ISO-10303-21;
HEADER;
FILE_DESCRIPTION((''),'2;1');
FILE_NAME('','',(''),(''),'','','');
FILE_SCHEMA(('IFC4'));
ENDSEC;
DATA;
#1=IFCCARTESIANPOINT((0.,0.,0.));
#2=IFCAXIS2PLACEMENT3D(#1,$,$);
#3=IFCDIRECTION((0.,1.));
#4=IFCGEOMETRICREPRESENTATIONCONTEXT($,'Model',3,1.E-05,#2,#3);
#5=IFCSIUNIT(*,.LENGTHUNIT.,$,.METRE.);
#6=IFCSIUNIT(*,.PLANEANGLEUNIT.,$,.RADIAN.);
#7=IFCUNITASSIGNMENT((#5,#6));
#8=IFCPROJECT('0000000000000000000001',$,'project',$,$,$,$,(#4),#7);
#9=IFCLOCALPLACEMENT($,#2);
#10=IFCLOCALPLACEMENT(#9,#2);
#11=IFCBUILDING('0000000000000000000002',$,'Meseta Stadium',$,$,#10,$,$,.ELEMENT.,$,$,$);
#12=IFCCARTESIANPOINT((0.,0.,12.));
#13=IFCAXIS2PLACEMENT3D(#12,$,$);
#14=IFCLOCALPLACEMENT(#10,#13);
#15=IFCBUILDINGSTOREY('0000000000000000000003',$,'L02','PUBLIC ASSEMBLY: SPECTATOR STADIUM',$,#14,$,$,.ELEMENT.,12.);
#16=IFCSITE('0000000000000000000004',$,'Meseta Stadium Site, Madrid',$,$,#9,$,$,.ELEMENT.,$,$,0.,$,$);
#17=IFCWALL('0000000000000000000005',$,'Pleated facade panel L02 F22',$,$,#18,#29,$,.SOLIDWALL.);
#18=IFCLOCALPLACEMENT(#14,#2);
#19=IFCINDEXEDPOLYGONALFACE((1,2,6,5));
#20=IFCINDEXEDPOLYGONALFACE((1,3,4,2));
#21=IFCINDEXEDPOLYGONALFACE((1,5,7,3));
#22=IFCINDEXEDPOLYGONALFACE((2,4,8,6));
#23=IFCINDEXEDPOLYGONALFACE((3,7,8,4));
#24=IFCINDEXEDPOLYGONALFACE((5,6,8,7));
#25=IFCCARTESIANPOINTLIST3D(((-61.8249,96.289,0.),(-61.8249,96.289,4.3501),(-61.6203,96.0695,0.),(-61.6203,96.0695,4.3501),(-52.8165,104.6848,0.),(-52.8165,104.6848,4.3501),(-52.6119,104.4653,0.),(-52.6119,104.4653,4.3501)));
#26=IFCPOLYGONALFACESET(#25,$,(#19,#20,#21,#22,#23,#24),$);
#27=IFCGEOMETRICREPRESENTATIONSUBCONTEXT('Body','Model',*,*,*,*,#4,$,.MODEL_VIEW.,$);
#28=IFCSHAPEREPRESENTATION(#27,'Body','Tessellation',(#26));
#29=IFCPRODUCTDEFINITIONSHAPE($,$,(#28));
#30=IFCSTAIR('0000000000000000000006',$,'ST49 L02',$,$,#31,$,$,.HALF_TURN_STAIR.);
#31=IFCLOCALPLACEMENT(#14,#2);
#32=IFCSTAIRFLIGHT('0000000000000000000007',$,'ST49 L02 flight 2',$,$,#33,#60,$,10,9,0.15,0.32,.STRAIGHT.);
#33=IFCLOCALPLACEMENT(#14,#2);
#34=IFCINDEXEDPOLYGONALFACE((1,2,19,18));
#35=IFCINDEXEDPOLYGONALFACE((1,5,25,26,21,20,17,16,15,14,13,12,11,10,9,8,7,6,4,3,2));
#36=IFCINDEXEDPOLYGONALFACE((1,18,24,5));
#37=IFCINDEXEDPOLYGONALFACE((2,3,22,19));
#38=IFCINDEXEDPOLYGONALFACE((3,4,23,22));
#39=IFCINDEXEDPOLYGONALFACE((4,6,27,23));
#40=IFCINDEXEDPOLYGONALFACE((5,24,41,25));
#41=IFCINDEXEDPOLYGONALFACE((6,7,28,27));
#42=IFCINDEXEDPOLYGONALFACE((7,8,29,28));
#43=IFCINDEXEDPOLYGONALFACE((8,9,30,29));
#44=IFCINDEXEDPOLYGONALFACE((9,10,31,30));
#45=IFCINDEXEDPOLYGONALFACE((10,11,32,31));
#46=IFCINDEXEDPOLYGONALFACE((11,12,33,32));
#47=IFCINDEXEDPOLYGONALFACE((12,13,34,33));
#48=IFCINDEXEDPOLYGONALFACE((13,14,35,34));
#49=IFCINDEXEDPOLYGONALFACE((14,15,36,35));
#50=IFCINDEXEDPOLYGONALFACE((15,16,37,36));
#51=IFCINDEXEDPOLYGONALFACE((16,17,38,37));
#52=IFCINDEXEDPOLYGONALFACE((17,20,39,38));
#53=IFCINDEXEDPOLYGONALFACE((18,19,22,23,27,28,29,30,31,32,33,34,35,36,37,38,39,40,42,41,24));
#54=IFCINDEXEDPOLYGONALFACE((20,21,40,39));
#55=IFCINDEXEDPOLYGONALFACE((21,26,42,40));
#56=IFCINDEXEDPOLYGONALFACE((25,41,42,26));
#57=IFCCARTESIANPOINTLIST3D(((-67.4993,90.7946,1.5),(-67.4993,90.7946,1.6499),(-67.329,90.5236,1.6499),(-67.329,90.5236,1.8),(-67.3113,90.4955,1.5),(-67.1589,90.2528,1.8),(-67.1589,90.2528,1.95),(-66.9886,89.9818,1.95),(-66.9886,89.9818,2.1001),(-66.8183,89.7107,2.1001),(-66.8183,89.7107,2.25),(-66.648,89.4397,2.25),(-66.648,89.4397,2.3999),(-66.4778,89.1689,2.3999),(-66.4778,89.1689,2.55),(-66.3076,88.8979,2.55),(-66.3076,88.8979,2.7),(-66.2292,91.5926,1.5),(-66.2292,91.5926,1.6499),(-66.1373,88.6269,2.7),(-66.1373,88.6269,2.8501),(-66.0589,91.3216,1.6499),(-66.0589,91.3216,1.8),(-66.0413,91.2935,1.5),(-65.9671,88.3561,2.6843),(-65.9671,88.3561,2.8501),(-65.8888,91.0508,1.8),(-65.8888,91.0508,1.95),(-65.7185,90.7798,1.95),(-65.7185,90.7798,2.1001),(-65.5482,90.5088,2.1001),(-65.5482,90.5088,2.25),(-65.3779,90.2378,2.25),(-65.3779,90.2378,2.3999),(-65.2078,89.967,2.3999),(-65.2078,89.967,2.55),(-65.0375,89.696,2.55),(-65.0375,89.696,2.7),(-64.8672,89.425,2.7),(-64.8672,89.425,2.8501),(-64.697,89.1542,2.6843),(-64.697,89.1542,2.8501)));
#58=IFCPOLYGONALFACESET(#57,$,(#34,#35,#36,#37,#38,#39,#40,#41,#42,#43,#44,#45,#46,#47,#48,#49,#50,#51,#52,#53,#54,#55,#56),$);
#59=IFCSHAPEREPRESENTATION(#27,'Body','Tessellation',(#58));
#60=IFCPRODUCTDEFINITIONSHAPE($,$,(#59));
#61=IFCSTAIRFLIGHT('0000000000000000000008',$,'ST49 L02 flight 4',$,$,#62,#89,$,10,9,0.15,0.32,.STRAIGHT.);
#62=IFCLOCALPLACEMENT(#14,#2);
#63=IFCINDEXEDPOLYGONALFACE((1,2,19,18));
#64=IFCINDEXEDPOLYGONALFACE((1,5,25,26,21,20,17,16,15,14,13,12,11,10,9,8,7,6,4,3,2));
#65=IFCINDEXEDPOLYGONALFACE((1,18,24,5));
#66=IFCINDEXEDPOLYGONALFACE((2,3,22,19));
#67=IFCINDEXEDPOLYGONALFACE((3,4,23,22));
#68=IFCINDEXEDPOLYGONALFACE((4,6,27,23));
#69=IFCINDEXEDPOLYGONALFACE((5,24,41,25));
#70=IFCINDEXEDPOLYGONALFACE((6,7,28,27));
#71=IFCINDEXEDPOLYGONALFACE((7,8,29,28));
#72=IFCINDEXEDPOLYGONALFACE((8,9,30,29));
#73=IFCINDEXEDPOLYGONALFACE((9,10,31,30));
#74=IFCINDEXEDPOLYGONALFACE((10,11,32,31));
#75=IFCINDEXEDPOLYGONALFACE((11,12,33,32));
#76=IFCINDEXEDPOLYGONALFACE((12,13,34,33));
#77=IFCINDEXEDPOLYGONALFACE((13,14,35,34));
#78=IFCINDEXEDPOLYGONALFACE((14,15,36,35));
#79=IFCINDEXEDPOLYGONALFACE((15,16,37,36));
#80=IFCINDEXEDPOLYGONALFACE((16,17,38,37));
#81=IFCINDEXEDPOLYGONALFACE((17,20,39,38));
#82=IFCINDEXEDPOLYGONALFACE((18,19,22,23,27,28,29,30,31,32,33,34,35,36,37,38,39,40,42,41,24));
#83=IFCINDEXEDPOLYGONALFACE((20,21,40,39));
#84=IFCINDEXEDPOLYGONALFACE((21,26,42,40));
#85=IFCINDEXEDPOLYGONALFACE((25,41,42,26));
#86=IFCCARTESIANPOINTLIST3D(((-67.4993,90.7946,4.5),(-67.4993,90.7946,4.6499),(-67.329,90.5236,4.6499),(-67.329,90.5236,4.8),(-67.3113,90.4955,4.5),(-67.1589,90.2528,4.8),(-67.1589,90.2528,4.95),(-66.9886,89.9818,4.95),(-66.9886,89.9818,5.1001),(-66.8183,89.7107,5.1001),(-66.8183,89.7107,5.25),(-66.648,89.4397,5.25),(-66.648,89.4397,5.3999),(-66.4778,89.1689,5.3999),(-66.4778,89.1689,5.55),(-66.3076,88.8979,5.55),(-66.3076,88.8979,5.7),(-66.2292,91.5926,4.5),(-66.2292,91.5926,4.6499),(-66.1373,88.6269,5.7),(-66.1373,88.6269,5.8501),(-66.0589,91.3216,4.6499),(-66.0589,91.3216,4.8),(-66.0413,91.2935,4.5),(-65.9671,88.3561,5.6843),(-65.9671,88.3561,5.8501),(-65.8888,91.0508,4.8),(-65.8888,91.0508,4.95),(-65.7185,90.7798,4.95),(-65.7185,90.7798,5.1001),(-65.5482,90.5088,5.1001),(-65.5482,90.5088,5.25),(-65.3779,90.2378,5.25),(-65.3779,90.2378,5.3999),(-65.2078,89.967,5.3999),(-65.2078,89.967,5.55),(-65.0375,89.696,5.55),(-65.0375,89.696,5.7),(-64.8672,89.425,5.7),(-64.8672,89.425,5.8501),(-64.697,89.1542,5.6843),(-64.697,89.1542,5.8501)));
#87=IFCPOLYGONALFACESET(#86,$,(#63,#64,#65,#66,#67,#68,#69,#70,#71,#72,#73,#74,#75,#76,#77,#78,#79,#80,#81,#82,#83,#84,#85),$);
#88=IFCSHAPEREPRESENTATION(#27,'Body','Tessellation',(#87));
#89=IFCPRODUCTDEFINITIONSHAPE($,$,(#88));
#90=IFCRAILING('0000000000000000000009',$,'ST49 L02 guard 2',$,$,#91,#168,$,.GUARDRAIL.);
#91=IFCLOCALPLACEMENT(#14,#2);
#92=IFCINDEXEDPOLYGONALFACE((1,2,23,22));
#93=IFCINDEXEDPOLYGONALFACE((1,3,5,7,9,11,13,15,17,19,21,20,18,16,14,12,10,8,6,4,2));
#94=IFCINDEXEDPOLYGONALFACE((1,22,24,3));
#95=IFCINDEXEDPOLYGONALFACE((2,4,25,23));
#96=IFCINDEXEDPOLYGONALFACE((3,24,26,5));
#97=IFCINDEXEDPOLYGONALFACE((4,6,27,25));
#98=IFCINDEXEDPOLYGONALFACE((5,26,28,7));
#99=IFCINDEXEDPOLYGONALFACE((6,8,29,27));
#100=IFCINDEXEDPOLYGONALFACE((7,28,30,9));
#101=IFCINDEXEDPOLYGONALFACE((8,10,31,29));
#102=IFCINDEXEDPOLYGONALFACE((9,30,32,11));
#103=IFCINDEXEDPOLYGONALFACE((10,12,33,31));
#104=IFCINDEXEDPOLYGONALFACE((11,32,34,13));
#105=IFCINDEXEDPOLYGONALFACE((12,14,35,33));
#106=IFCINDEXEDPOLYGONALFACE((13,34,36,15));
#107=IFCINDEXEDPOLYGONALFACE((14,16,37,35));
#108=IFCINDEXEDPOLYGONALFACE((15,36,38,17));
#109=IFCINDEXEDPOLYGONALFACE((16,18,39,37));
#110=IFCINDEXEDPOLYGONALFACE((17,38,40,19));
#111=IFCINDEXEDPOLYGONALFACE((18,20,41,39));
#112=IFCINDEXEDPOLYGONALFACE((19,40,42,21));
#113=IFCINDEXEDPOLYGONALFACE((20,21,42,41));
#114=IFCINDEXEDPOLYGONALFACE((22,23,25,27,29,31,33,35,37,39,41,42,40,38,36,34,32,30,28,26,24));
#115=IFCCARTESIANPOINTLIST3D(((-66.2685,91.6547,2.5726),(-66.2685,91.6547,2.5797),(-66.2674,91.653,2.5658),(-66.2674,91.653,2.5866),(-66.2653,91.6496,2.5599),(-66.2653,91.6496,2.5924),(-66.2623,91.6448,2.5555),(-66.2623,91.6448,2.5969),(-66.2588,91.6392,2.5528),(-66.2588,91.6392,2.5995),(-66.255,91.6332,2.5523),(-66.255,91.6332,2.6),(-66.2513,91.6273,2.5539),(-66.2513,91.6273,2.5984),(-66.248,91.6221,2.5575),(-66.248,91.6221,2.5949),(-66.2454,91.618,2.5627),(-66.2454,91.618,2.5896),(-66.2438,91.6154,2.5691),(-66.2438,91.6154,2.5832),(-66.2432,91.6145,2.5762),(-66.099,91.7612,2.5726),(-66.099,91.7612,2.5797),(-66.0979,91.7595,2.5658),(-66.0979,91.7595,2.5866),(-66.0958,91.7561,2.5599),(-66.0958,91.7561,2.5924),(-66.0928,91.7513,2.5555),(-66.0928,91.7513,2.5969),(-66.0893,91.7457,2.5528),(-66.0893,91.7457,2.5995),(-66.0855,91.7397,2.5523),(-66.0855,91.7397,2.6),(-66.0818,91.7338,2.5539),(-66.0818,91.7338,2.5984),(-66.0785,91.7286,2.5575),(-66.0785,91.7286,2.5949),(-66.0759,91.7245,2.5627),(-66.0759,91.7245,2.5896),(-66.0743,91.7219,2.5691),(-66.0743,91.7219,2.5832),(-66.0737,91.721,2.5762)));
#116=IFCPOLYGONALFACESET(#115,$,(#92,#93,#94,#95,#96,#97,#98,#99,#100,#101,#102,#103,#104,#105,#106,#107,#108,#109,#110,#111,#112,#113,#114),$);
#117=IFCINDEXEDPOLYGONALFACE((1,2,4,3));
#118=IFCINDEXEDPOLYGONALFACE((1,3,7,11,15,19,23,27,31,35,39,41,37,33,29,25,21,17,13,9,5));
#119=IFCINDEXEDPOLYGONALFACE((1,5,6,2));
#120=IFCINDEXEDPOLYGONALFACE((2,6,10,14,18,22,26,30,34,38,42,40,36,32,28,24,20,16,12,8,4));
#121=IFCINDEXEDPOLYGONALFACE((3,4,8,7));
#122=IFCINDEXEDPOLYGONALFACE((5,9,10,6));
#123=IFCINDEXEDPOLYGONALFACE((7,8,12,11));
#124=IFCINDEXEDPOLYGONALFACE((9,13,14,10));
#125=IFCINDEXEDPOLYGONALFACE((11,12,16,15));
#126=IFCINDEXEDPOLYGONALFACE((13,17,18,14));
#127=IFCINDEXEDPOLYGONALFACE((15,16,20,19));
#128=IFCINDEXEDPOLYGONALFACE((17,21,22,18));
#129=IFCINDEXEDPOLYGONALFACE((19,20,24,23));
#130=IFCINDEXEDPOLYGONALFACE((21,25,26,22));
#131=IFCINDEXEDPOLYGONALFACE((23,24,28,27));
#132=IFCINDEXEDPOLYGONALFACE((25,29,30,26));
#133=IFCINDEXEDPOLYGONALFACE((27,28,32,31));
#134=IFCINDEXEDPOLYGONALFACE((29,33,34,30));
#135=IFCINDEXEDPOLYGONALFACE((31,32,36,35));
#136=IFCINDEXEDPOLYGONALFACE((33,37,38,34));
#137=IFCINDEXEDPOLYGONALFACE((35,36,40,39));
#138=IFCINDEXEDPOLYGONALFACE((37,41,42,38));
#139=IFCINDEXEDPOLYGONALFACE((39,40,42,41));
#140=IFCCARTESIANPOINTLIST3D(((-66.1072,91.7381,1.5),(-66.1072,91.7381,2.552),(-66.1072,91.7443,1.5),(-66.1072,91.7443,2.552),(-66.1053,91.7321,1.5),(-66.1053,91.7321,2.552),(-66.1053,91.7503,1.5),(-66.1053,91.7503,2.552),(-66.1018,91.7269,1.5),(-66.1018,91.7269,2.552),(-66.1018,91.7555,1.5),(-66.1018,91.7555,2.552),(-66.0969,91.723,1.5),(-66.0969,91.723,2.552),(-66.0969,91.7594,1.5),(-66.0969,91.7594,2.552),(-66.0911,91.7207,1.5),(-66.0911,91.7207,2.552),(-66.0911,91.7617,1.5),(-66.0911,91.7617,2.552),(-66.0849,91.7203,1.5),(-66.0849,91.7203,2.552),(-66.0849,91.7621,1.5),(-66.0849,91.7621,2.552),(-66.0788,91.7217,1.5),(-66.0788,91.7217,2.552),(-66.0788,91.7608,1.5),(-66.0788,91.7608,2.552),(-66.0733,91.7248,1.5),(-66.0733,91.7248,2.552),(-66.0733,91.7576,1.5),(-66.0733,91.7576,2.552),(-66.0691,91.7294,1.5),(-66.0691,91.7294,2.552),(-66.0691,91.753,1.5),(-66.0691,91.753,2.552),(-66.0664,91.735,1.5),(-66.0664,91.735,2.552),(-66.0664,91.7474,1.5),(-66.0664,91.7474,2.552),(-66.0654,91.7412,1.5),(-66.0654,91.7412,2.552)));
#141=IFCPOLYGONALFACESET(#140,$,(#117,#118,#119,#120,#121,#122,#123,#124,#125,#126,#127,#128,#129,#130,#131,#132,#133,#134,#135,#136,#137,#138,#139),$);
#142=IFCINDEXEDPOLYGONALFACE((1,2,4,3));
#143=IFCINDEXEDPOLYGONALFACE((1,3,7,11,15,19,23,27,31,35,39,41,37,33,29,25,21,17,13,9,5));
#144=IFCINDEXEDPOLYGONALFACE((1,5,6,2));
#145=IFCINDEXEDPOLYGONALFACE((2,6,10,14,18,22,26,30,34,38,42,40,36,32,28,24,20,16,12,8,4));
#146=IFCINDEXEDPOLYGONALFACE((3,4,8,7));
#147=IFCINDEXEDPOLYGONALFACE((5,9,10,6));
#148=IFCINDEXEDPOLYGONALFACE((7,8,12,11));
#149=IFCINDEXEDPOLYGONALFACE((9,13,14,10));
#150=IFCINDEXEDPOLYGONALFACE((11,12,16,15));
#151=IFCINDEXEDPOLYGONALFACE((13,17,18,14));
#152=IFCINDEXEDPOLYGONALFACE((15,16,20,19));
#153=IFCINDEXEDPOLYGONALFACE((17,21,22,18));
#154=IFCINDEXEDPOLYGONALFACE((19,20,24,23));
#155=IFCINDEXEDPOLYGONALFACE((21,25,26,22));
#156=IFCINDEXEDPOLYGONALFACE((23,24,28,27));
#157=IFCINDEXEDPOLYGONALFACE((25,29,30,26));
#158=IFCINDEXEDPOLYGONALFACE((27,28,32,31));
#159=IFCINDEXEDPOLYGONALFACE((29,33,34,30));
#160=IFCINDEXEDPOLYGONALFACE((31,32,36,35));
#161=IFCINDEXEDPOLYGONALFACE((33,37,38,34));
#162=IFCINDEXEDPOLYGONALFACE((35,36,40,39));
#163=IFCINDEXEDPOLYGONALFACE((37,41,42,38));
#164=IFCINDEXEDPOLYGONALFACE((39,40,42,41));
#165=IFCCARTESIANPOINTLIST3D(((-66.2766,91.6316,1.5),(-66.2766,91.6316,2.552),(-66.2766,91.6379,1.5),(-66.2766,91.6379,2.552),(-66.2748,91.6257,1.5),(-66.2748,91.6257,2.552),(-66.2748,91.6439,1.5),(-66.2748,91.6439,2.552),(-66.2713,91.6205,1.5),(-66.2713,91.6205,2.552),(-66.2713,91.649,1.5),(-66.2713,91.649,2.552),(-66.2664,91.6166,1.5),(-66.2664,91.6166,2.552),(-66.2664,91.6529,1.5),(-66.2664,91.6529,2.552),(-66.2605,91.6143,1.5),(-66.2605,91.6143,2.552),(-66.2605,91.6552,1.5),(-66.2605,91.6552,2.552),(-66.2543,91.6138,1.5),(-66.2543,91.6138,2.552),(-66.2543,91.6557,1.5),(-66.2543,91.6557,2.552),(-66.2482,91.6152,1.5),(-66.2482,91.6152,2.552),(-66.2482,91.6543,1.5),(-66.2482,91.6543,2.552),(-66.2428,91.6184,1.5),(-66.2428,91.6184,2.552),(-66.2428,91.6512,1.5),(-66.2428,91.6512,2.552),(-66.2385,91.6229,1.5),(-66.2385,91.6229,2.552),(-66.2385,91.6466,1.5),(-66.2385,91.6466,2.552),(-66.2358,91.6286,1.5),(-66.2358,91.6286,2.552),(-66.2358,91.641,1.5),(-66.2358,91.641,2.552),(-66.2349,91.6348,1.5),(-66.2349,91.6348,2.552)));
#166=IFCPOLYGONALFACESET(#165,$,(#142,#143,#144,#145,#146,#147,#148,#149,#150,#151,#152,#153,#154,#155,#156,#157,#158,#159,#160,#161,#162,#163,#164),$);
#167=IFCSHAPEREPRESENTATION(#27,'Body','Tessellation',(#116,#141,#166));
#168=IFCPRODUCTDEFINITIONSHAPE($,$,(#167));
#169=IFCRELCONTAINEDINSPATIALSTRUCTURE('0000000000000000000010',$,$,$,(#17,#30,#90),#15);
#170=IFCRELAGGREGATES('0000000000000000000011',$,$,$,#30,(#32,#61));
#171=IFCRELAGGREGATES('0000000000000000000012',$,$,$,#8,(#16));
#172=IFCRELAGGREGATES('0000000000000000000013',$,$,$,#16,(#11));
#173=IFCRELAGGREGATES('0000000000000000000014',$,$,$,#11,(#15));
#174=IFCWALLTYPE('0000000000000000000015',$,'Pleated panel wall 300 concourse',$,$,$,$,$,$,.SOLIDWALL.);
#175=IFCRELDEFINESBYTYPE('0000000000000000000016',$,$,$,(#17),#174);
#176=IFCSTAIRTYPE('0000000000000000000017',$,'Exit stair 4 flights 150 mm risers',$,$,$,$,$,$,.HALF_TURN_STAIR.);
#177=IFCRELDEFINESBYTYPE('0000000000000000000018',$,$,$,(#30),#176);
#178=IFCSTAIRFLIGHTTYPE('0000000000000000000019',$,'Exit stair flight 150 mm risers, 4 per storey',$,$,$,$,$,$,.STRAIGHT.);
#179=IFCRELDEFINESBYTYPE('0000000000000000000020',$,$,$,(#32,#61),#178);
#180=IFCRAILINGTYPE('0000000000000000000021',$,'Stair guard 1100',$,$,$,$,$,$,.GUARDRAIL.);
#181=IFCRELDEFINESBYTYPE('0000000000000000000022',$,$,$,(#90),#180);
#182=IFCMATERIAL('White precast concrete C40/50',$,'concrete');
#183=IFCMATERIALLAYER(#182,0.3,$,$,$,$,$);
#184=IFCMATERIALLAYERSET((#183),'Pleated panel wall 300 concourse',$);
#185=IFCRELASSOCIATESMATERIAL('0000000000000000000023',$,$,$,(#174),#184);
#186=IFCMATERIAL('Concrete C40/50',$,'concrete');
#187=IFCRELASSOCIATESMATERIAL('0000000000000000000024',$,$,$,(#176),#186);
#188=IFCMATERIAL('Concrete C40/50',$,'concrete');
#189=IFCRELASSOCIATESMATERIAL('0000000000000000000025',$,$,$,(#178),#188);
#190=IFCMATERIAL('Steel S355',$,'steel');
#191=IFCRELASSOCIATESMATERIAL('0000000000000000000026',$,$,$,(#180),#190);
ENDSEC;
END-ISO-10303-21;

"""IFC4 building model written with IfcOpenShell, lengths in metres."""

from ifc_helpers import new_model, si_unit, direction, frame, frame_2d, origin, origin_2d, place, context, subcontext, project, spatial, polyline, rectangle, circle, outline, extrude, material, layer, layer_set, type_object, element, aggregate, save


model = new_model("IFC4")

# Units and contexts
model_context = context("Model", 3, precision=1e-05, world=origin(), true_north=direction((0.0, 1.0)))
body_context = subcontext(model_context, "Body", "Model", "MODEL_VIEW")
ifc_project = project(units=[si_unit("LENGTHUNIT", "METRE"), si_unit("PLANEANGLEUNIT", "RADIAN")], contexts=[model_context])

# Site, building, storey
site_placement = place(None, origin())
site = spatial("IfcSite", under=ifc_project, at=site_placement, Name="Meseta Stadium Site, Madrid", CompositionType="ELEMENT", RefElevation=0.0)
building_placement = place(site_placement, origin())
building = spatial("IfcBuilding", under=site, at=building_placement, Name="Meseta Stadium", CompositionType="ELEMENT")
storey_placement = place(building_placement, frame((0.0, 0.0, 12.0)))
storey = spatial("IfcBuildingStorey", under=building, at=storey_placement, Name="L02", Description="PUBLIC ASSEMBLY: SPECTATOR STADIUM", CompositionType="ELEMENT", Elevation=12.0)

# Wall
ifc_material_1 = material(Name="White precast concrete C40/50", Category="concrete")
ifc_layer_1 = layer(ifc_material_1, 0.3)
ifc_layer_set_1 = layer_set([ifc_layer_1], Name="Pleated panel wall 300 concourse")
wall_type_1 = type_object("IfcWallType", Name="Pleated panel wall 300 concourse", PredefinedType="SOLIDWALL", material=ifc_layer_set_1)
wall_1_placement = place(storey_placement, frame((-61.7227, 96.1792, 0.0), z_axis=(0.0, 0.0, 1.0), x_axis=(0.731541, 0.681797, 0.0)))
element("IfcWall", 1, at=wall_1_placement, inside=storey, type_object=wall_type_1, Name="Pleated facade panel L02 F22", PredefinedType="SOLIDWALL", context=body_context, shape_type="SweptSolid", body=[
    extrude(rectangle(XDim=12.3142, YDim=0.3, at=frame_2d((6.1572, 0.0))), origin(), (0.0, 0.0, 1.0), 4.3501),
])

# Stair, stair flights
ifc_material_2 = material(Name="Concrete C40/50", Category="concrete")
stair_type = type_object("IfcStairType", Name="Exit stair 4 flights 150 mm risers", PredefinedType="HALF_TURN_STAIR", material=ifc_material_2)
stair_placement = place(storey_placement, origin())
stair = element("IfcStair", 2, at=stair_placement, inside=storey, type_object=stair_type, Name="ST49 L02", PredefinedType="HALF_TURN_STAIR")
ifc_material_3 = material(Name="Concrete C40/50", Category="concrete")
stair_flight_type = type_object("IfcStairFlightType", Name="Exit stair flight 150 mm risers, 4 per storey", PredefinedType="STRAIGHT", material=ifc_material_3)
stair_flight_1_placement = place(storey_placement, frame((-66.8643, 91.1936, 1.5), z_axis=(0.0, 0.0, 1.0), x_axis=(0.532032, -0.846724, 0.0)))
stair_flight_1 = element("IfcStairFlight", 3, at=stair_flight_1_placement, type_object=stair_flight_type, Name="ST49 L02 flight 2", NumberOfRisers=10, NumberOfTreads=9, PredefinedType="STRAIGHT", RiserHeight=0.15, TreadLength=0.32, context=body_context, shape_type="SweptSolid", body=[
    extrude(outline(polyline([(0.0, 0.0), (0.0, 0.1499), (0.3201, 0.1499), (0.3201, 0.3), (0.6399, 0.3), (0.6399, 0.45), (0.96, 0.45), (0.96, 0.6001), (1.28, 0.6001), (1.28, 0.75), (1.6001, 0.75), (1.6001, 0.8999), (1.9199, 0.8999), (1.9199, 1.05), (2.24, 1.05), (2.24, 1.2), (2.5601, 1.2), (2.5601, 1.3501), (2.8799, 1.3501), (2.8799, 1.1843), (0.3533, 0.0), (0.0, 0.0)])), frame((0.0, 0.75, 0.0), z_axis=(0.0, -1.0, 0.0), x_axis=(1.0, 0.0, 0.0)), (0.0, 0.0, 1.0), 1.5),
])
stair_flight_2_placement = place(storey_placement, frame((-66.8643, 91.1936, 4.5), z_axis=(0.0, 0.0, 1.0), x_axis=(0.532032, -0.846724, 0.0)))
stair_flight_2 = element("IfcStairFlight", 4, at=stair_flight_2_placement, type_object=stair_flight_type, Name="ST49 L02 flight 4", NumberOfRisers=10, NumberOfTreads=9, PredefinedType="STRAIGHT", RiserHeight=0.15, TreadLength=0.32, context=body_context, shape_type="SweptSolid", body=[
    extrude(outline(polyline([(0.0, 0.0), (0.0, 0.1499), (0.3201, 0.1499), (0.3201, 0.3), (0.6399, 0.3), (0.6399, 0.45), (0.96, 0.45), (0.96, 0.6001), (1.28, 0.6001), (1.28, 0.75), (1.6001, 0.75), (1.6001, 0.8999), (1.9199, 0.8999), (1.9199, 1.05), (2.24, 1.05), (2.24, 1.2), (2.5601, 1.2), (2.5601, 1.3501), (2.8799, 1.3501), (2.8799, 1.1843), (0.3533, 0.0), (0.0, 0.0)])), frame((0.0, 0.75, 0.0), z_axis=(0.0, -1.0, 0.0), x_axis=(1.0, 0.0, 0.0)), (0.0, 0.0, 1.0), 1.5),
])
aggregate(stair, [stair_flight_1, stair_flight_2])

# Railing
ifc_material_4 = material(Name="Steel S355", Category="steel")
railing_type_1 = type_object("IfcRailingType", Name="Stair guard 1100", PredefinedType="GUARDRAIL", material=ifc_material_4)
railing_1_placement = place(storey_placement, frame((-66.0864, 91.7412, 1.5)))
element("IfcRailing", 5, at=railing_1_placement, inside=storey, type_object=railing_type_1, Name="ST49 L02 guard 2", PredefinedType="GUARDRAIL", context=body_context, shape_type="SweptSolid", body=[
    extrude(circle(Radius=0.0239, at=origin_2d()), frame((0.0, 0.0, 1.0762), z_axis=(-0.846762, -0.531972, 0.0), x_axis=(0.531972, -0.846762, 0.0)), (0.0, 0.0, 1.0), 0.2002),
    extrude(circle(Radius=0.021, at=origin_2d()), origin(), (0.0, 0.0, 1.0), 1.052),
    extrude(circle(Radius=0.021, at=origin_2d()), frame((-0.1694, -0.1064, 0.0)), (0.0, 0.0, 1.0), 1.052),
])

save(model, "model.ifc")
